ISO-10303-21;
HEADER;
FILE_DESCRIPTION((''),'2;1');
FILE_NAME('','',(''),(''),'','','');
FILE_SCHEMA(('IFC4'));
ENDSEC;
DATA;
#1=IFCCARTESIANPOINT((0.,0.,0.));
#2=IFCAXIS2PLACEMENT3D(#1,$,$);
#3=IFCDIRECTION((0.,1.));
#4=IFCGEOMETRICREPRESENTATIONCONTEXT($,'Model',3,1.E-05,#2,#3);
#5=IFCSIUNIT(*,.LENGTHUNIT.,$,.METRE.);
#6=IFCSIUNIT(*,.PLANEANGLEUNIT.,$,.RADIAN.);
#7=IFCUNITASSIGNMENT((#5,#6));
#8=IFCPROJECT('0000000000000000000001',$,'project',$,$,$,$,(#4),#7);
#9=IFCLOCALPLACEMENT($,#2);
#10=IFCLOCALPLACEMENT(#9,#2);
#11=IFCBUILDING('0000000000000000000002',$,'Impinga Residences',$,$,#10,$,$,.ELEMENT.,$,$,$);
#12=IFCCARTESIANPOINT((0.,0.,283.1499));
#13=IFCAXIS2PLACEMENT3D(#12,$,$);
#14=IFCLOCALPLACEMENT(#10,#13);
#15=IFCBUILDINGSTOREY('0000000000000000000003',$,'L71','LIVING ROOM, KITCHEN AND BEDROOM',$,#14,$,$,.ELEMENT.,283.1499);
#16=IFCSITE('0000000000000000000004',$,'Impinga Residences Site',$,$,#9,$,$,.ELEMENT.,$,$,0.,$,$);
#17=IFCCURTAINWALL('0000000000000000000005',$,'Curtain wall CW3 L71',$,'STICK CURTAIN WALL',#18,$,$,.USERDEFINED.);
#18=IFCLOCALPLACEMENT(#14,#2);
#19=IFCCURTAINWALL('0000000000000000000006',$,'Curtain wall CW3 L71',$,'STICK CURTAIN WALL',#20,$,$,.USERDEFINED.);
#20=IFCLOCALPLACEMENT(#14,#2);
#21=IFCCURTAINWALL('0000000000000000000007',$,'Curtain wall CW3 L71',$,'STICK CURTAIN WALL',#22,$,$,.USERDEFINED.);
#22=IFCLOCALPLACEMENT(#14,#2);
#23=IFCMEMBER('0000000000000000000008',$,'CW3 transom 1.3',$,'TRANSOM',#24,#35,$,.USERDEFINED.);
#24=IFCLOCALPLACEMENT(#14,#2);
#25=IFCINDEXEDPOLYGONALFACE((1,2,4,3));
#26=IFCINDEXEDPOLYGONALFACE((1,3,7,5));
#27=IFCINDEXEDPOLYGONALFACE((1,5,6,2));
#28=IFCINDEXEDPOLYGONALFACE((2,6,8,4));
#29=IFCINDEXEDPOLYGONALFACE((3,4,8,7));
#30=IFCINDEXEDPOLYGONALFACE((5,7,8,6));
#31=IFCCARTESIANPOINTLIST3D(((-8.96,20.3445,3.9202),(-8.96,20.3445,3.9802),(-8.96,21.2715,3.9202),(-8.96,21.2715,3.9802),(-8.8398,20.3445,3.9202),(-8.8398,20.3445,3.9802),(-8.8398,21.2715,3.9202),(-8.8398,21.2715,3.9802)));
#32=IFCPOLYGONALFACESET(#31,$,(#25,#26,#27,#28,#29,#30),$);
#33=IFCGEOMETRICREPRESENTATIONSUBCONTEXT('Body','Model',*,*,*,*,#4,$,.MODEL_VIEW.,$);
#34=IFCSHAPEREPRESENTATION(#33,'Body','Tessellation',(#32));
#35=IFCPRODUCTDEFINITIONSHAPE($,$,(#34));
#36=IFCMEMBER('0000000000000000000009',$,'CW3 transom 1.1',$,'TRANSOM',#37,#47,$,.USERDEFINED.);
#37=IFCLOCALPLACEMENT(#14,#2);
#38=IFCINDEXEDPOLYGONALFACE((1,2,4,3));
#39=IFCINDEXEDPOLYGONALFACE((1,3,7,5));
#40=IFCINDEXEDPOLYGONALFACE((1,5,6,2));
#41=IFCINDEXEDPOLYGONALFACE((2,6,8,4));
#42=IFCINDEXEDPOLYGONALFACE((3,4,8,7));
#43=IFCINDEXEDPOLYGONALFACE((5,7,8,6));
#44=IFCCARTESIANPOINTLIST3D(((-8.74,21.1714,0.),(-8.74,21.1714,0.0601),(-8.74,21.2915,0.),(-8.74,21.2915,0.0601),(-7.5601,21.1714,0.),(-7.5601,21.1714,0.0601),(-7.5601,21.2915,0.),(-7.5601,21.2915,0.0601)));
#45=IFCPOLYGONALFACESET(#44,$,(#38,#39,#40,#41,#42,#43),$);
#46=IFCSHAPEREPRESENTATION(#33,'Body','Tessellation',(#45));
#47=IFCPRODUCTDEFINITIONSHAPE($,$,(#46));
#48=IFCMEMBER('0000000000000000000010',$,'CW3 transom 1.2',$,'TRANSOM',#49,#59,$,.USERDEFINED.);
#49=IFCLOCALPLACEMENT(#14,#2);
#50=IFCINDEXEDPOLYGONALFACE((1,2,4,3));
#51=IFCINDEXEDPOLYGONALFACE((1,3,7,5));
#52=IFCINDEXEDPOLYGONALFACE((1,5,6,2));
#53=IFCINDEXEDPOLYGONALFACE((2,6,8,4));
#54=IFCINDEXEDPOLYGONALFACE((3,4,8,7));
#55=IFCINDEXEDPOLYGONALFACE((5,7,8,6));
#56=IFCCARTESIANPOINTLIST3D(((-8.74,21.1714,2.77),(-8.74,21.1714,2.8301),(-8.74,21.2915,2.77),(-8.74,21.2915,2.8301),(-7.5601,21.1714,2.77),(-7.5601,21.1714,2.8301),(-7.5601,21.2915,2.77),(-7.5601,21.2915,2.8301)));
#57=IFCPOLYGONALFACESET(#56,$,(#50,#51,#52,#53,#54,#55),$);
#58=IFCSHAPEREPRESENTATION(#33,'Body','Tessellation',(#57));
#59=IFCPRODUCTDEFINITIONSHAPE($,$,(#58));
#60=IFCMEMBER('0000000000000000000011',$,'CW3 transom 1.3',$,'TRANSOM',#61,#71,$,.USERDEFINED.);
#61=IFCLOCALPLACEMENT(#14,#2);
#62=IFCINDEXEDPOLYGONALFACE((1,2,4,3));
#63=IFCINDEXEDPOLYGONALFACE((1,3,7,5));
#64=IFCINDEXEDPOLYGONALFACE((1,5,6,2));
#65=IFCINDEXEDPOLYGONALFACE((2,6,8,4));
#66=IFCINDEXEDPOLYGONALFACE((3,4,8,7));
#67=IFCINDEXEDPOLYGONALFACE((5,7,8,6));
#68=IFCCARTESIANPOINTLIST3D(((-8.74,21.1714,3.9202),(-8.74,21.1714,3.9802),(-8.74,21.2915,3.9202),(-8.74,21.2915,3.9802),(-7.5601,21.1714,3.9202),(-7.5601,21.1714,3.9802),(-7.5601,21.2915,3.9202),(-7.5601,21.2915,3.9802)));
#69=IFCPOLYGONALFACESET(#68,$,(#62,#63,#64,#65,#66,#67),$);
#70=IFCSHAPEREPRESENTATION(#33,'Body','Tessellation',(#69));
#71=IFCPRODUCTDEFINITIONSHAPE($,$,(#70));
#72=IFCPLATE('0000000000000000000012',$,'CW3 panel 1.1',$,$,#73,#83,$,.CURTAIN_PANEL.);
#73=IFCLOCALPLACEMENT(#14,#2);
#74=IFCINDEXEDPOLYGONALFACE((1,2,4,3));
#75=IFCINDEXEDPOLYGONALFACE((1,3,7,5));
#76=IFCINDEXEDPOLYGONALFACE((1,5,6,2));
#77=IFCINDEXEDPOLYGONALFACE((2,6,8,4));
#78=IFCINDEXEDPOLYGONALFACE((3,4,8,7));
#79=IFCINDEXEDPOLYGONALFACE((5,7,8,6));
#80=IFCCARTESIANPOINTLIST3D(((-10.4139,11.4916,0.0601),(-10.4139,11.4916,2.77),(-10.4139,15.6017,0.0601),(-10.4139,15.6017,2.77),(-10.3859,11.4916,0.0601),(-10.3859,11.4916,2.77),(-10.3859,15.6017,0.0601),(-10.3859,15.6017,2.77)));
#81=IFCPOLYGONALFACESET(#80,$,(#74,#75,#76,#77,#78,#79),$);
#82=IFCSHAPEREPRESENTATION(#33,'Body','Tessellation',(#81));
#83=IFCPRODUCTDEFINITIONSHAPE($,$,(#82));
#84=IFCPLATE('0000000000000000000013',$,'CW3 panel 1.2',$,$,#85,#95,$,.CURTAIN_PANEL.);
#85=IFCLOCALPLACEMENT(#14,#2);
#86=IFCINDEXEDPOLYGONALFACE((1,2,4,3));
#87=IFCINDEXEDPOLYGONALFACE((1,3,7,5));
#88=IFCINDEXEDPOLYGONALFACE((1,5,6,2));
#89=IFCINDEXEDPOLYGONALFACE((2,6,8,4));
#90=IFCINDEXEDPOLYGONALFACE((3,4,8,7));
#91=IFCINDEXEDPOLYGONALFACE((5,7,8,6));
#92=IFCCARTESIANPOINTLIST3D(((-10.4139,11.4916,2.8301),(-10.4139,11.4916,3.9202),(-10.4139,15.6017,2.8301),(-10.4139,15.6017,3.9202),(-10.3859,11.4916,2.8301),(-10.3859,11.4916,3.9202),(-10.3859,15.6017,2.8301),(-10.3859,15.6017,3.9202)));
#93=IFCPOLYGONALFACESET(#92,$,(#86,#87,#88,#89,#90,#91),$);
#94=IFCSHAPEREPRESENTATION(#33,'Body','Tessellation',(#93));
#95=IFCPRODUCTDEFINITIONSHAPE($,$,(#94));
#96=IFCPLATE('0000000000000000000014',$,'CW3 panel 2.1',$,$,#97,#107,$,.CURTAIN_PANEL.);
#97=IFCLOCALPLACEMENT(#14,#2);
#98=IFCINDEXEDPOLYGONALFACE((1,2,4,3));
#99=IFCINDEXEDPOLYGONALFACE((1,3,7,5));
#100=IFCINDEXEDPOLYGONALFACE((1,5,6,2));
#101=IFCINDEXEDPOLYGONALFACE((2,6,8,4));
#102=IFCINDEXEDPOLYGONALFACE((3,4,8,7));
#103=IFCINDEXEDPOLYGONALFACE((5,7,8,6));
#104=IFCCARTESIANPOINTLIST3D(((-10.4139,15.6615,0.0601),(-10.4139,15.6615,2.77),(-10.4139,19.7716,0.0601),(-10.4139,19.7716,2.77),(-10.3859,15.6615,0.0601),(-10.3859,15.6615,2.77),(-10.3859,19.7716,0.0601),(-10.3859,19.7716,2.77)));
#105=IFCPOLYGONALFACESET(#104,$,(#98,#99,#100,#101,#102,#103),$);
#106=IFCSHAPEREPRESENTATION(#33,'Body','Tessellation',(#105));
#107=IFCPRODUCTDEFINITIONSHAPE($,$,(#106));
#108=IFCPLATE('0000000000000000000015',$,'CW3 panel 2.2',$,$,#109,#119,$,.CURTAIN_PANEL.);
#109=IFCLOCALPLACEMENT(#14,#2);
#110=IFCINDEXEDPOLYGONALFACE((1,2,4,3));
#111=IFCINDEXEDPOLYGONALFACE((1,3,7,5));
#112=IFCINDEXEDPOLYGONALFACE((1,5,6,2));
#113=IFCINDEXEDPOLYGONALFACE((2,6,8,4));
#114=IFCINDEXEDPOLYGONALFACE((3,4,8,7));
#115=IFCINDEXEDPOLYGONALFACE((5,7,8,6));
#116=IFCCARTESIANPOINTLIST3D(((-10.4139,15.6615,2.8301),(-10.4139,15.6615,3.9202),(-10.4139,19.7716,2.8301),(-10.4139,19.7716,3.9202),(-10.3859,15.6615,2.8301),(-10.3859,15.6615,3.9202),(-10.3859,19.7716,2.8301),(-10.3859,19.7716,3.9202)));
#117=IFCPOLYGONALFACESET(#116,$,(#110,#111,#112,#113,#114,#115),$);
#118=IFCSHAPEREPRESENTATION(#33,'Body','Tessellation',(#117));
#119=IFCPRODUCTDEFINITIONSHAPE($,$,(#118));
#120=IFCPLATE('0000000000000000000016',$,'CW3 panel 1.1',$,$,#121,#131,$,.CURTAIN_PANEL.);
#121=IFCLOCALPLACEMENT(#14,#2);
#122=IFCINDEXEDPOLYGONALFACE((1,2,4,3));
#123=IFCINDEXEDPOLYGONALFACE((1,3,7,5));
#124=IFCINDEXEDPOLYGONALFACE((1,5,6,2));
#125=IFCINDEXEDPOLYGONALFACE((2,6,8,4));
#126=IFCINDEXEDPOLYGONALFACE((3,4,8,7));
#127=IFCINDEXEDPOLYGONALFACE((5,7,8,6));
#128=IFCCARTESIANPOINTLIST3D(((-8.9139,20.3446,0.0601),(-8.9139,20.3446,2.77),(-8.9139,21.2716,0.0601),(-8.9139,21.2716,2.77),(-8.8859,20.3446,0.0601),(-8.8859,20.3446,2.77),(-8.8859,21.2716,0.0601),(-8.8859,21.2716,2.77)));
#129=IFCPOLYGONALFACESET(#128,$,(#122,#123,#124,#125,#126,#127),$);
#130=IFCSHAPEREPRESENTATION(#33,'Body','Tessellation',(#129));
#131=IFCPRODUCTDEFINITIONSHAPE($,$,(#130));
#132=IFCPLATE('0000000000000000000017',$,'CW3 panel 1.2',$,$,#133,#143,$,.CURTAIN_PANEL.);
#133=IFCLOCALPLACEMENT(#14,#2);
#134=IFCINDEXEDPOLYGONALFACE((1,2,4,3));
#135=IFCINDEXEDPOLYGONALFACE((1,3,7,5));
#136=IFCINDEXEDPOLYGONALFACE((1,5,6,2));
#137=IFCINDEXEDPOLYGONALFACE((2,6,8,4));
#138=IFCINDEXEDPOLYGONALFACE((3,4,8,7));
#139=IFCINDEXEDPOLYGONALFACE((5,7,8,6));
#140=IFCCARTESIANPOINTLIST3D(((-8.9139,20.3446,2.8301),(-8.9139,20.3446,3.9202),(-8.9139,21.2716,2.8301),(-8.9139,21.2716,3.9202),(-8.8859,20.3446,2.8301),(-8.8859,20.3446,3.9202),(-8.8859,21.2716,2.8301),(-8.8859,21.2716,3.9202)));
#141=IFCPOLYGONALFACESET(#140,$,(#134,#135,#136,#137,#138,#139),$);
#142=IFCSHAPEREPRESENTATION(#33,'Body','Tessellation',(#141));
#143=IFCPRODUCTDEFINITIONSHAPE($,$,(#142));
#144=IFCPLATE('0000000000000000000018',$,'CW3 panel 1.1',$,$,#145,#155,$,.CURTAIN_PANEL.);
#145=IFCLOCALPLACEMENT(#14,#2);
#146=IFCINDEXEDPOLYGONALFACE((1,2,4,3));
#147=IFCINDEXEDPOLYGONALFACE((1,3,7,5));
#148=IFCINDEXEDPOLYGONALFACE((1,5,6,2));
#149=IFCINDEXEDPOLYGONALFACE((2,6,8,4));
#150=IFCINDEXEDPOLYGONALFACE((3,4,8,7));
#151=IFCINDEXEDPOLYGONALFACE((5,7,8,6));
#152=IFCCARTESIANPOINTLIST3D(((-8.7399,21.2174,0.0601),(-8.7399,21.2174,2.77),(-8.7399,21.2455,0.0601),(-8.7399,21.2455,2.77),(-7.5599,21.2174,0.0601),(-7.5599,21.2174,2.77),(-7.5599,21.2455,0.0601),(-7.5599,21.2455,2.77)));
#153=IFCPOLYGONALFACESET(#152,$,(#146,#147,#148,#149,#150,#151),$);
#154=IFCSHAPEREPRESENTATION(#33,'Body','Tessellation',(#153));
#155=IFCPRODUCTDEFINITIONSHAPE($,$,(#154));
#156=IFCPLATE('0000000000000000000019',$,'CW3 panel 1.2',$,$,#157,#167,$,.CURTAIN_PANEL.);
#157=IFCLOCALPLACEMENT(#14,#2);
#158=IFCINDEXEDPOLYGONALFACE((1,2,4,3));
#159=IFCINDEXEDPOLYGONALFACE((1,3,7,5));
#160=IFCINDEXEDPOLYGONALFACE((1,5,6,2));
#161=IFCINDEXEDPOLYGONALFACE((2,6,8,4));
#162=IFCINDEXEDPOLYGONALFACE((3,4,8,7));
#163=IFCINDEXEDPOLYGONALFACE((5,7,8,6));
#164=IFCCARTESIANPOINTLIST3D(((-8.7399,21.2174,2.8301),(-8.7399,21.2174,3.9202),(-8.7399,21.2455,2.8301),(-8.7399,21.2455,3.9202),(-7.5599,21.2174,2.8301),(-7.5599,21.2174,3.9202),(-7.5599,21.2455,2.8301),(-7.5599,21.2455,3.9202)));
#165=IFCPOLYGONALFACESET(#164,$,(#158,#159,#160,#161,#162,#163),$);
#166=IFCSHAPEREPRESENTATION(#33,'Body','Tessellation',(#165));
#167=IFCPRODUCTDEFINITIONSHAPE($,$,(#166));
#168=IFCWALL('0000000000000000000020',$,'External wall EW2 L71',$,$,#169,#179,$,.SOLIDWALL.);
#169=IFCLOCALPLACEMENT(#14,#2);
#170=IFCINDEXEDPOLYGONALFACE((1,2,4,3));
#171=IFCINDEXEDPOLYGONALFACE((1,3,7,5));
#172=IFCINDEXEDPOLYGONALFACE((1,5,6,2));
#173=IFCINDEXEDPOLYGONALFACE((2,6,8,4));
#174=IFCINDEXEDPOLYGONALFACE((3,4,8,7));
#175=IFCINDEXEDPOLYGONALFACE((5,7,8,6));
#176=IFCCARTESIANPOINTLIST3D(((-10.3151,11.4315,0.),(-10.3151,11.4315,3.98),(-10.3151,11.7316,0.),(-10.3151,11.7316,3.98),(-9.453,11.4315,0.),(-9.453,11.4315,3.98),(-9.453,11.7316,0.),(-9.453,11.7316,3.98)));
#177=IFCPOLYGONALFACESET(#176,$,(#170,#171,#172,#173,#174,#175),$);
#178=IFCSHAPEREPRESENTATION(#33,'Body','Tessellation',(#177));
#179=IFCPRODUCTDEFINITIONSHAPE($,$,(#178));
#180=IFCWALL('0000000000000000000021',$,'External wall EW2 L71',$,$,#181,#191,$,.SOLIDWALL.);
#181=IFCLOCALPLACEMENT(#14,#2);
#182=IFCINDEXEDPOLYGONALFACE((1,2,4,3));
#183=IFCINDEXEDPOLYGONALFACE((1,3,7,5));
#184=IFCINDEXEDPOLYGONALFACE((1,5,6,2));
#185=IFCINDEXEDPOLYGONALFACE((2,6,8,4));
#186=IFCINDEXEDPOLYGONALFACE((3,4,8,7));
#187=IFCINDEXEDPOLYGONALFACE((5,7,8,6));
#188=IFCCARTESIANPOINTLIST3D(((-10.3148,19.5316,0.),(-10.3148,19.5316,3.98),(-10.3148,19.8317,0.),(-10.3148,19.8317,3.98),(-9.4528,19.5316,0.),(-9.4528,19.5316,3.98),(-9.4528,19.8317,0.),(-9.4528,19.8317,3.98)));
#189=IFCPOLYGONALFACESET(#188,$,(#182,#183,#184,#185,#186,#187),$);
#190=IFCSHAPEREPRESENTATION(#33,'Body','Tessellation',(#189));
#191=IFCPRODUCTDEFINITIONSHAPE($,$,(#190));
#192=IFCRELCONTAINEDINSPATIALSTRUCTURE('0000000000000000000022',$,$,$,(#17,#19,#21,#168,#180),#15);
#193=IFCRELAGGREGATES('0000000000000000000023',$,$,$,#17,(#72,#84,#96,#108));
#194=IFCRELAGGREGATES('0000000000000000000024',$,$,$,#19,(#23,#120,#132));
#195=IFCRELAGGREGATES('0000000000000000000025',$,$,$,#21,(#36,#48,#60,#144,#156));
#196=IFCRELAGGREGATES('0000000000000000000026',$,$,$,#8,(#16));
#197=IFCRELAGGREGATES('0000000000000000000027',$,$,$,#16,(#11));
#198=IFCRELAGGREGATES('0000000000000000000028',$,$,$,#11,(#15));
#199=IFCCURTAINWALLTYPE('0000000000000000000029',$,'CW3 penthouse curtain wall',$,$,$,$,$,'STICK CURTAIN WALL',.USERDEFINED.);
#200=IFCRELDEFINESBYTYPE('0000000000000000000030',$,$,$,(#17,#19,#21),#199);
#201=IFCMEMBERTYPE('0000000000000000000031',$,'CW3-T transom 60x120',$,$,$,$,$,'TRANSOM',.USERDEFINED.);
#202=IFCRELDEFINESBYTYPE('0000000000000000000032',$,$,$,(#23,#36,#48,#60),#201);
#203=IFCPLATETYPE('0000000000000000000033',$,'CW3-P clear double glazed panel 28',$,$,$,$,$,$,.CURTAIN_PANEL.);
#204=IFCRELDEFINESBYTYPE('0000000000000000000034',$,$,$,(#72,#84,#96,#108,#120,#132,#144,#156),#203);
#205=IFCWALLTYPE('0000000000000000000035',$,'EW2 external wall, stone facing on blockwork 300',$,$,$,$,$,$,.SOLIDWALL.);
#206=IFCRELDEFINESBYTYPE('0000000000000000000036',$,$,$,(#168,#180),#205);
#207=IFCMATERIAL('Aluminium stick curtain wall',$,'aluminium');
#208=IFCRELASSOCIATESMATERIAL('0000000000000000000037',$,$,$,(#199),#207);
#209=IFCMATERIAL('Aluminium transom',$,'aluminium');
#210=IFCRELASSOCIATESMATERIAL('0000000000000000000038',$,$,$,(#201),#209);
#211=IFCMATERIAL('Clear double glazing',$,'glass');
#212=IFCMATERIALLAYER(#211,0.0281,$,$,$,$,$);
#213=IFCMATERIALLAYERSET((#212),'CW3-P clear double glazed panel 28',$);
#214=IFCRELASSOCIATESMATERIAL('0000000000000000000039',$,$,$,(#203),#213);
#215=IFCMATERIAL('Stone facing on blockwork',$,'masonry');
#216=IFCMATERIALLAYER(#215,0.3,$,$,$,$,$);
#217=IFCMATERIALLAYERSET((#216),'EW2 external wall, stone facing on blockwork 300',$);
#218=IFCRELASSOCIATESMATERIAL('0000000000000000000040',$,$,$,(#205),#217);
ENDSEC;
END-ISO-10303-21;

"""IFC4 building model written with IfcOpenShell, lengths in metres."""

from ifc_helpers import new_model, si_unit, direction, frame, frame_2d, origin, origin_2d, place, context, subcontext, project, spatial, rectangle, extrude, material, layer, layer_set, material_profile, profile_set, type_object, element, aggregate, save


model = new_model("IFC4")

# Units and contexts
model_context = context("Model", 3, precision=1e-05, world=origin(), true_north=direction((0.0, 1.0)))
body_context = subcontext(model_context, "Body", "Model", "MODEL_VIEW")
ifc_project = project(units=[si_unit("LENGTHUNIT", "METRE"), si_unit("PLANEANGLEUNIT", "RADIAN")], contexts=[model_context])

# Site, building, storey
site_placement = place(None, origin())
site = spatial("IfcSite", under=ifc_project, at=site_placement, Name="Impinga Residences Site", CompositionType="ELEMENT", RefElevation=0.0)
building_placement = place(site_placement, origin())
building = spatial("IfcBuilding", under=site, at=building_placement, Name="Impinga Residences", CompositionType="ELEMENT")
storey_placement = place(building_placement, frame((0.0, 0.0, 283.1499)))
storey = spatial("IfcBuildingStorey", under=building, at=storey_placement, Name="L71", Description="LIVING ROOM, KITCHEN AND BEDROOM", CompositionType="ELEMENT", Elevation=283.1499)

# Curtain walls
ifc_material_1 = material(Name="Aluminium stick curtain wall", Category="aluminium")
curtain_wall_type = type_object("IfcCurtainWallType", Name="CW3 penthouse curtain wall", ElementType="STICK CURTAIN WALL", PredefinedType="USERDEFINED", material=ifc_material_1)
curtain_wall_1_placement = place(storey_placement, origin())
curtain_wall_1 = element("IfcCurtainWall", 1, at=curtain_wall_1_placement, inside=storey, type_object=curtain_wall_type, Name="Curtain wall CW3 L71", ObjectType="STICK CURTAIN WALL", PredefinedType="USERDEFINED")
curtain_wall_2_placement = place(storey_placement, origin())
curtain_wall_2 = element("IfcCurtainWall", 2, at=curtain_wall_2_placement, inside=storey, type_object=curtain_wall_type, Name="Curtain wall CW3 L71", ObjectType="STICK CURTAIN WALL", PredefinedType="USERDEFINED")
curtain_wall_3_placement = place(storey_placement, origin())
curtain_wall_3 = element("IfcCurtainWall", 3, at=curtain_wall_3_placement, inside=storey, type_object=curtain_wall_type, Name="Curtain wall CW3 L71", ObjectType="STICK CURTAIN WALL", PredefinedType="USERDEFINED")

# Members
ifc_material_2 = material(Name="Aluminium transom", Category="aluminium")
ifc_material_profile_1 = material_profile(ifc_material_2, rectangle(XDim=0.0601, YDim=0.1201, at=origin_2d()), Name="60x120 transom")
ifc_profile_set_1 = profile_set([ifc_material_profile_1], Name="Aluminium transom")
member_type_1 = type_object("IfcMemberType", Name="CW3-T transom 60x120", ElementType="TRANSOM", PredefinedType="USERDEFINED", material=ifc_profile_set_1)
member_1_placement = place(storey_placement, frame((-8.8999, 20.3445, 3.9502), z_axis=(0.0, 1.0, 0.0), x_axis=(0.0, 0.0, 1.0)))
member_1 = element("IfcMember", 4, at=member_1_placement, type_object=member_type_1, Name="CW3 transom 1.3", ObjectType="TRANSOM", PredefinedType="USERDEFINED", context=body_context, shape_type="SweptSolid", body=[
    extrude(rectangle(XDim=0.0601, YDim=0.1201, at=origin_2d()), origin(), (0.0, 0.0, 1.0), 0.927),
])
member_2_placement = place(storey_placement, frame((-8.74, 21.2314, 0.03), z_axis=(1.0, 0.0, 0.0), x_axis=(0.0, 0.0, 1.0)))
member_2 = element("IfcMember", 5, at=member_2_placement, type_object=member_type_1, Name="CW3 transom 1.1", ObjectType="TRANSOM", PredefinedType="USERDEFINED", context=body_context, shape_type="SweptSolid", body=[
    extrude(rectangle(XDim=0.0601, YDim=0.1201, at=origin_2d()), origin(), (0.0, 0.0, 1.0), 1.1799),
])
member_3_placement = place(storey_placement, frame((-8.74, 21.2314, 2.8), z_axis=(1.0, 0.0, 0.0), x_axis=(0.0, 0.0, 1.0)))
member_3 = element("IfcMember", 6, at=member_3_placement, type_object=member_type_1, Name="CW3 transom 1.2", ObjectType="TRANSOM", PredefinedType="USERDEFINED", context=body_context, shape_type="SweptSolid", body=[
    extrude(rectangle(XDim=0.0601, YDim=0.1201, at=origin_2d()), origin(), (0.0, 0.0, 1.0), 1.1799),
])
member_4_placement = place(storey_placement, frame((-8.74, 21.2314, 3.9502), z_axis=(1.0, 0.0, 0.0), x_axis=(0.0, 0.0, 1.0)))
member_4 = element("IfcMember", 7, at=member_4_placement, type_object=member_type_1, Name="CW3 transom 1.3", ObjectType="TRANSOM", PredefinedType="USERDEFINED", context=body_context, shape_type="SweptSolid", body=[
    extrude(rectangle(XDim=0.0601, YDim=0.1201, at=origin_2d()), origin(), (0.0, 0.0, 1.0), 1.1799),
])

# Plates
ifc_material_3 = material(Name="Clear double glazing", Category="glass")
ifc_layer_1 = layer(ifc_material_3, 0.0281)
ifc_layer_set_1 = layer_set([ifc_layer_1], Name="CW3-P clear double glazed panel 28")
plate_type = type_object("IfcPlateType", Name="CW3-P clear double glazed panel 28", PredefinedType="CURTAIN_PANEL", material=ifc_layer_set_1)
plate_1_placement = place(storey_placement, frame((-10.3999, 13.5466, 0.0601), z_axis=(0.0, 0.0, 1.0), x_axis=(0.0, 1.0, 0.0)))
plate_1 = element("IfcPlate", 8, at=plate_1_placement, type_object=plate_type, Name="CW3 panel 1.1", PredefinedType="CURTAIN_PANEL", context=body_context, shape_type="SweptSolid", body=[
    extrude(rectangle(XDim=4.1101, YDim=0.0281, at=origin_2d()), origin(), (0.0, 0.0, 1.0), 2.71),
])
plate_2_placement = place(storey_placement, frame((-10.3999, 13.5466, 2.8301), z_axis=(0.0, 0.0, 1.0), x_axis=(0.0, 1.0, 0.0)))
plate_2 = element("IfcPlate", 9, at=plate_2_placement, type_object=plate_type, Name="CW3 panel 1.2", PredefinedType="CURTAIN_PANEL", context=body_context, shape_type="SweptSolid", body=[
    extrude(rectangle(XDim=4.1101, YDim=0.0281, at=origin_2d()), origin(), (0.0, 0.0, 1.0), 1.0901),
])
plate_3_placement = place(storey_placement, frame((-10.3999, 17.7166, 0.0601), z_axis=(0.0, 0.0, 1.0), x_axis=(0.0, 1.0, 0.0)))
plate_3 = element("IfcPlate", 10, at=plate_3_placement, type_object=plate_type, Name="CW3 panel 2.1", PredefinedType="CURTAIN_PANEL", context=body_context, shape_type="SweptSolid", body=[
    extrude(rectangle(XDim=4.1101, YDim=0.0281, at=origin_2d()), origin(), (0.0, 0.0, 1.0), 2.71),
])
plate_4_placement = place(storey_placement, frame((-10.3999, 17.7166, 2.8301), z_axis=(0.0, 0.0, 1.0), x_axis=(0.0, 1.0, 0.0)))
plate_4 = element("IfcPlate", 11, at=plate_4_placement, type_object=plate_type, Name="CW3 panel 2.2", PredefinedType="CURTAIN_PANEL", context=body_context, shape_type="SweptSolid", body=[
    extrude(rectangle(XDim=4.1101, YDim=0.0281, at=origin_2d()), origin(), (0.0, 0.0, 1.0), 1.0901),
])
aggregate(curtain_wall_1, [plate_1, plate_2, plate_3, plate_4])
plate_5_placement = place(storey_placement, frame((-8.8999, 20.8081, 0.0601), z_axis=(0.0, 0.0, 1.0), x_axis=(0.0, 1.0, 0.0)))
plate_5 = element("IfcPlate", 12, at=plate_5_placement, type_object=plate_type, Name="CW3 panel 1.1", PredefinedType="CURTAIN_PANEL", context=body_context, shape_type="SweptSolid", body=[
    extrude(rectangle(XDim=0.927, YDim=0.0281, at=origin_2d()), origin(), (0.0, 0.0, 1.0), 2.71),
])
plate_6_placement = place(storey_placement, frame((-8.8999, 20.8081, 2.8301), z_axis=(0.0, 0.0, 1.0), x_axis=(0.0, 1.0, 0.0)))
plate_6 = element("IfcPlate", 13, at=plate_6_placement, type_object=plate_type, Name="CW3 panel 1.2", PredefinedType="CURTAIN_PANEL", context=body_context, shape_type="SweptSolid", body=[
    extrude(rectangle(XDim=0.927, YDim=0.0281, at=origin_2d()), origin(), (0.0, 0.0, 1.0), 1.0901),
])
aggregate(curtain_wall_2, [member_1, plate_5, plate_6])
plate_7_placement = place(storey_placement, frame((-8.1499, 21.2314, 0.0601), z_axis=(0.0, 0.0, 1.0), x_axis=(1.0, 0.0, 0.0)))
plate_7 = element("IfcPlate", 14, at=plate_7_placement, type_object=plate_type, Name="CW3 panel 1.1", PredefinedType="CURTAIN_PANEL", context=body_context, shape_type="SweptSolid", body=[
    extrude(rectangle(XDim=1.1799, YDim=0.0281, at=origin_2d()), origin(), (0.0, 0.0, 1.0), 2.71),
])
plate_8_placement = place(storey_placement, frame((-8.1499, 21.2314, 2.8301), z_axis=(0.0, 0.0, 1.0), x_axis=(1.0, 0.0, 0.0)))
plate_8 = element("IfcPlate", 15, at=plate_8_placement, type_object=plate_type, Name="CW3 panel 1.2", PredefinedType="CURTAIN_PANEL", context=body_context, shape_type="SweptSolid", body=[
    extrude(rectangle(XDim=1.1799, YDim=0.0281, at=origin_2d()), origin(), (0.0, 0.0, 1.0), 1.0901),
])
aggregate(curtain_wall_3, [member_2, member_3, member_4, plate_7, plate_8])

# Walls
ifc_material_4 = material(Name="Stone facing on blockwork", Category="masonry")
ifc_layer_2 = layer(ifc_material_4, 0.3)
ifc_layer_set_2 = layer_set([ifc_layer_2], Name="EW2 external wall, stone facing on blockwork 300")
wall_type = type_object("IfcWallType", Name="EW2 external wall, stone facing on blockwork 300", PredefinedType="SOLIDWALL", material=ifc_layer_set_2)
for number, where, z_axis, x_axis, name in (
    (16, (-9.4529, 11.5815, 0.0), (0.0, 0.0, 1.0), (-1.0, 0.0, 0.0), "External wall EW2 L71"),
    (17, (-10.3149, 19.6816, 0.0), (0.0, 0.0, 1.0), (1.0, 0.0, 0.0), "External wall EW2 L71"),
):
    element("IfcWall", number, at=place(storey_placement, frame(where, z_axis=z_axis, x_axis=x_axis)), inside=storey, type_object=wall_type, Name=name, PredefinedType="SOLIDWALL", context=body_context, shape_type="SweptSolid", body=[
        extrude(rectangle(XDim=0.8621, YDim=0.3, at=frame_2d((0.4312, 0.0))), origin(), (0.0, 0.0, 1.0), 3.98),
    ])

save(model, "model.ifc")
